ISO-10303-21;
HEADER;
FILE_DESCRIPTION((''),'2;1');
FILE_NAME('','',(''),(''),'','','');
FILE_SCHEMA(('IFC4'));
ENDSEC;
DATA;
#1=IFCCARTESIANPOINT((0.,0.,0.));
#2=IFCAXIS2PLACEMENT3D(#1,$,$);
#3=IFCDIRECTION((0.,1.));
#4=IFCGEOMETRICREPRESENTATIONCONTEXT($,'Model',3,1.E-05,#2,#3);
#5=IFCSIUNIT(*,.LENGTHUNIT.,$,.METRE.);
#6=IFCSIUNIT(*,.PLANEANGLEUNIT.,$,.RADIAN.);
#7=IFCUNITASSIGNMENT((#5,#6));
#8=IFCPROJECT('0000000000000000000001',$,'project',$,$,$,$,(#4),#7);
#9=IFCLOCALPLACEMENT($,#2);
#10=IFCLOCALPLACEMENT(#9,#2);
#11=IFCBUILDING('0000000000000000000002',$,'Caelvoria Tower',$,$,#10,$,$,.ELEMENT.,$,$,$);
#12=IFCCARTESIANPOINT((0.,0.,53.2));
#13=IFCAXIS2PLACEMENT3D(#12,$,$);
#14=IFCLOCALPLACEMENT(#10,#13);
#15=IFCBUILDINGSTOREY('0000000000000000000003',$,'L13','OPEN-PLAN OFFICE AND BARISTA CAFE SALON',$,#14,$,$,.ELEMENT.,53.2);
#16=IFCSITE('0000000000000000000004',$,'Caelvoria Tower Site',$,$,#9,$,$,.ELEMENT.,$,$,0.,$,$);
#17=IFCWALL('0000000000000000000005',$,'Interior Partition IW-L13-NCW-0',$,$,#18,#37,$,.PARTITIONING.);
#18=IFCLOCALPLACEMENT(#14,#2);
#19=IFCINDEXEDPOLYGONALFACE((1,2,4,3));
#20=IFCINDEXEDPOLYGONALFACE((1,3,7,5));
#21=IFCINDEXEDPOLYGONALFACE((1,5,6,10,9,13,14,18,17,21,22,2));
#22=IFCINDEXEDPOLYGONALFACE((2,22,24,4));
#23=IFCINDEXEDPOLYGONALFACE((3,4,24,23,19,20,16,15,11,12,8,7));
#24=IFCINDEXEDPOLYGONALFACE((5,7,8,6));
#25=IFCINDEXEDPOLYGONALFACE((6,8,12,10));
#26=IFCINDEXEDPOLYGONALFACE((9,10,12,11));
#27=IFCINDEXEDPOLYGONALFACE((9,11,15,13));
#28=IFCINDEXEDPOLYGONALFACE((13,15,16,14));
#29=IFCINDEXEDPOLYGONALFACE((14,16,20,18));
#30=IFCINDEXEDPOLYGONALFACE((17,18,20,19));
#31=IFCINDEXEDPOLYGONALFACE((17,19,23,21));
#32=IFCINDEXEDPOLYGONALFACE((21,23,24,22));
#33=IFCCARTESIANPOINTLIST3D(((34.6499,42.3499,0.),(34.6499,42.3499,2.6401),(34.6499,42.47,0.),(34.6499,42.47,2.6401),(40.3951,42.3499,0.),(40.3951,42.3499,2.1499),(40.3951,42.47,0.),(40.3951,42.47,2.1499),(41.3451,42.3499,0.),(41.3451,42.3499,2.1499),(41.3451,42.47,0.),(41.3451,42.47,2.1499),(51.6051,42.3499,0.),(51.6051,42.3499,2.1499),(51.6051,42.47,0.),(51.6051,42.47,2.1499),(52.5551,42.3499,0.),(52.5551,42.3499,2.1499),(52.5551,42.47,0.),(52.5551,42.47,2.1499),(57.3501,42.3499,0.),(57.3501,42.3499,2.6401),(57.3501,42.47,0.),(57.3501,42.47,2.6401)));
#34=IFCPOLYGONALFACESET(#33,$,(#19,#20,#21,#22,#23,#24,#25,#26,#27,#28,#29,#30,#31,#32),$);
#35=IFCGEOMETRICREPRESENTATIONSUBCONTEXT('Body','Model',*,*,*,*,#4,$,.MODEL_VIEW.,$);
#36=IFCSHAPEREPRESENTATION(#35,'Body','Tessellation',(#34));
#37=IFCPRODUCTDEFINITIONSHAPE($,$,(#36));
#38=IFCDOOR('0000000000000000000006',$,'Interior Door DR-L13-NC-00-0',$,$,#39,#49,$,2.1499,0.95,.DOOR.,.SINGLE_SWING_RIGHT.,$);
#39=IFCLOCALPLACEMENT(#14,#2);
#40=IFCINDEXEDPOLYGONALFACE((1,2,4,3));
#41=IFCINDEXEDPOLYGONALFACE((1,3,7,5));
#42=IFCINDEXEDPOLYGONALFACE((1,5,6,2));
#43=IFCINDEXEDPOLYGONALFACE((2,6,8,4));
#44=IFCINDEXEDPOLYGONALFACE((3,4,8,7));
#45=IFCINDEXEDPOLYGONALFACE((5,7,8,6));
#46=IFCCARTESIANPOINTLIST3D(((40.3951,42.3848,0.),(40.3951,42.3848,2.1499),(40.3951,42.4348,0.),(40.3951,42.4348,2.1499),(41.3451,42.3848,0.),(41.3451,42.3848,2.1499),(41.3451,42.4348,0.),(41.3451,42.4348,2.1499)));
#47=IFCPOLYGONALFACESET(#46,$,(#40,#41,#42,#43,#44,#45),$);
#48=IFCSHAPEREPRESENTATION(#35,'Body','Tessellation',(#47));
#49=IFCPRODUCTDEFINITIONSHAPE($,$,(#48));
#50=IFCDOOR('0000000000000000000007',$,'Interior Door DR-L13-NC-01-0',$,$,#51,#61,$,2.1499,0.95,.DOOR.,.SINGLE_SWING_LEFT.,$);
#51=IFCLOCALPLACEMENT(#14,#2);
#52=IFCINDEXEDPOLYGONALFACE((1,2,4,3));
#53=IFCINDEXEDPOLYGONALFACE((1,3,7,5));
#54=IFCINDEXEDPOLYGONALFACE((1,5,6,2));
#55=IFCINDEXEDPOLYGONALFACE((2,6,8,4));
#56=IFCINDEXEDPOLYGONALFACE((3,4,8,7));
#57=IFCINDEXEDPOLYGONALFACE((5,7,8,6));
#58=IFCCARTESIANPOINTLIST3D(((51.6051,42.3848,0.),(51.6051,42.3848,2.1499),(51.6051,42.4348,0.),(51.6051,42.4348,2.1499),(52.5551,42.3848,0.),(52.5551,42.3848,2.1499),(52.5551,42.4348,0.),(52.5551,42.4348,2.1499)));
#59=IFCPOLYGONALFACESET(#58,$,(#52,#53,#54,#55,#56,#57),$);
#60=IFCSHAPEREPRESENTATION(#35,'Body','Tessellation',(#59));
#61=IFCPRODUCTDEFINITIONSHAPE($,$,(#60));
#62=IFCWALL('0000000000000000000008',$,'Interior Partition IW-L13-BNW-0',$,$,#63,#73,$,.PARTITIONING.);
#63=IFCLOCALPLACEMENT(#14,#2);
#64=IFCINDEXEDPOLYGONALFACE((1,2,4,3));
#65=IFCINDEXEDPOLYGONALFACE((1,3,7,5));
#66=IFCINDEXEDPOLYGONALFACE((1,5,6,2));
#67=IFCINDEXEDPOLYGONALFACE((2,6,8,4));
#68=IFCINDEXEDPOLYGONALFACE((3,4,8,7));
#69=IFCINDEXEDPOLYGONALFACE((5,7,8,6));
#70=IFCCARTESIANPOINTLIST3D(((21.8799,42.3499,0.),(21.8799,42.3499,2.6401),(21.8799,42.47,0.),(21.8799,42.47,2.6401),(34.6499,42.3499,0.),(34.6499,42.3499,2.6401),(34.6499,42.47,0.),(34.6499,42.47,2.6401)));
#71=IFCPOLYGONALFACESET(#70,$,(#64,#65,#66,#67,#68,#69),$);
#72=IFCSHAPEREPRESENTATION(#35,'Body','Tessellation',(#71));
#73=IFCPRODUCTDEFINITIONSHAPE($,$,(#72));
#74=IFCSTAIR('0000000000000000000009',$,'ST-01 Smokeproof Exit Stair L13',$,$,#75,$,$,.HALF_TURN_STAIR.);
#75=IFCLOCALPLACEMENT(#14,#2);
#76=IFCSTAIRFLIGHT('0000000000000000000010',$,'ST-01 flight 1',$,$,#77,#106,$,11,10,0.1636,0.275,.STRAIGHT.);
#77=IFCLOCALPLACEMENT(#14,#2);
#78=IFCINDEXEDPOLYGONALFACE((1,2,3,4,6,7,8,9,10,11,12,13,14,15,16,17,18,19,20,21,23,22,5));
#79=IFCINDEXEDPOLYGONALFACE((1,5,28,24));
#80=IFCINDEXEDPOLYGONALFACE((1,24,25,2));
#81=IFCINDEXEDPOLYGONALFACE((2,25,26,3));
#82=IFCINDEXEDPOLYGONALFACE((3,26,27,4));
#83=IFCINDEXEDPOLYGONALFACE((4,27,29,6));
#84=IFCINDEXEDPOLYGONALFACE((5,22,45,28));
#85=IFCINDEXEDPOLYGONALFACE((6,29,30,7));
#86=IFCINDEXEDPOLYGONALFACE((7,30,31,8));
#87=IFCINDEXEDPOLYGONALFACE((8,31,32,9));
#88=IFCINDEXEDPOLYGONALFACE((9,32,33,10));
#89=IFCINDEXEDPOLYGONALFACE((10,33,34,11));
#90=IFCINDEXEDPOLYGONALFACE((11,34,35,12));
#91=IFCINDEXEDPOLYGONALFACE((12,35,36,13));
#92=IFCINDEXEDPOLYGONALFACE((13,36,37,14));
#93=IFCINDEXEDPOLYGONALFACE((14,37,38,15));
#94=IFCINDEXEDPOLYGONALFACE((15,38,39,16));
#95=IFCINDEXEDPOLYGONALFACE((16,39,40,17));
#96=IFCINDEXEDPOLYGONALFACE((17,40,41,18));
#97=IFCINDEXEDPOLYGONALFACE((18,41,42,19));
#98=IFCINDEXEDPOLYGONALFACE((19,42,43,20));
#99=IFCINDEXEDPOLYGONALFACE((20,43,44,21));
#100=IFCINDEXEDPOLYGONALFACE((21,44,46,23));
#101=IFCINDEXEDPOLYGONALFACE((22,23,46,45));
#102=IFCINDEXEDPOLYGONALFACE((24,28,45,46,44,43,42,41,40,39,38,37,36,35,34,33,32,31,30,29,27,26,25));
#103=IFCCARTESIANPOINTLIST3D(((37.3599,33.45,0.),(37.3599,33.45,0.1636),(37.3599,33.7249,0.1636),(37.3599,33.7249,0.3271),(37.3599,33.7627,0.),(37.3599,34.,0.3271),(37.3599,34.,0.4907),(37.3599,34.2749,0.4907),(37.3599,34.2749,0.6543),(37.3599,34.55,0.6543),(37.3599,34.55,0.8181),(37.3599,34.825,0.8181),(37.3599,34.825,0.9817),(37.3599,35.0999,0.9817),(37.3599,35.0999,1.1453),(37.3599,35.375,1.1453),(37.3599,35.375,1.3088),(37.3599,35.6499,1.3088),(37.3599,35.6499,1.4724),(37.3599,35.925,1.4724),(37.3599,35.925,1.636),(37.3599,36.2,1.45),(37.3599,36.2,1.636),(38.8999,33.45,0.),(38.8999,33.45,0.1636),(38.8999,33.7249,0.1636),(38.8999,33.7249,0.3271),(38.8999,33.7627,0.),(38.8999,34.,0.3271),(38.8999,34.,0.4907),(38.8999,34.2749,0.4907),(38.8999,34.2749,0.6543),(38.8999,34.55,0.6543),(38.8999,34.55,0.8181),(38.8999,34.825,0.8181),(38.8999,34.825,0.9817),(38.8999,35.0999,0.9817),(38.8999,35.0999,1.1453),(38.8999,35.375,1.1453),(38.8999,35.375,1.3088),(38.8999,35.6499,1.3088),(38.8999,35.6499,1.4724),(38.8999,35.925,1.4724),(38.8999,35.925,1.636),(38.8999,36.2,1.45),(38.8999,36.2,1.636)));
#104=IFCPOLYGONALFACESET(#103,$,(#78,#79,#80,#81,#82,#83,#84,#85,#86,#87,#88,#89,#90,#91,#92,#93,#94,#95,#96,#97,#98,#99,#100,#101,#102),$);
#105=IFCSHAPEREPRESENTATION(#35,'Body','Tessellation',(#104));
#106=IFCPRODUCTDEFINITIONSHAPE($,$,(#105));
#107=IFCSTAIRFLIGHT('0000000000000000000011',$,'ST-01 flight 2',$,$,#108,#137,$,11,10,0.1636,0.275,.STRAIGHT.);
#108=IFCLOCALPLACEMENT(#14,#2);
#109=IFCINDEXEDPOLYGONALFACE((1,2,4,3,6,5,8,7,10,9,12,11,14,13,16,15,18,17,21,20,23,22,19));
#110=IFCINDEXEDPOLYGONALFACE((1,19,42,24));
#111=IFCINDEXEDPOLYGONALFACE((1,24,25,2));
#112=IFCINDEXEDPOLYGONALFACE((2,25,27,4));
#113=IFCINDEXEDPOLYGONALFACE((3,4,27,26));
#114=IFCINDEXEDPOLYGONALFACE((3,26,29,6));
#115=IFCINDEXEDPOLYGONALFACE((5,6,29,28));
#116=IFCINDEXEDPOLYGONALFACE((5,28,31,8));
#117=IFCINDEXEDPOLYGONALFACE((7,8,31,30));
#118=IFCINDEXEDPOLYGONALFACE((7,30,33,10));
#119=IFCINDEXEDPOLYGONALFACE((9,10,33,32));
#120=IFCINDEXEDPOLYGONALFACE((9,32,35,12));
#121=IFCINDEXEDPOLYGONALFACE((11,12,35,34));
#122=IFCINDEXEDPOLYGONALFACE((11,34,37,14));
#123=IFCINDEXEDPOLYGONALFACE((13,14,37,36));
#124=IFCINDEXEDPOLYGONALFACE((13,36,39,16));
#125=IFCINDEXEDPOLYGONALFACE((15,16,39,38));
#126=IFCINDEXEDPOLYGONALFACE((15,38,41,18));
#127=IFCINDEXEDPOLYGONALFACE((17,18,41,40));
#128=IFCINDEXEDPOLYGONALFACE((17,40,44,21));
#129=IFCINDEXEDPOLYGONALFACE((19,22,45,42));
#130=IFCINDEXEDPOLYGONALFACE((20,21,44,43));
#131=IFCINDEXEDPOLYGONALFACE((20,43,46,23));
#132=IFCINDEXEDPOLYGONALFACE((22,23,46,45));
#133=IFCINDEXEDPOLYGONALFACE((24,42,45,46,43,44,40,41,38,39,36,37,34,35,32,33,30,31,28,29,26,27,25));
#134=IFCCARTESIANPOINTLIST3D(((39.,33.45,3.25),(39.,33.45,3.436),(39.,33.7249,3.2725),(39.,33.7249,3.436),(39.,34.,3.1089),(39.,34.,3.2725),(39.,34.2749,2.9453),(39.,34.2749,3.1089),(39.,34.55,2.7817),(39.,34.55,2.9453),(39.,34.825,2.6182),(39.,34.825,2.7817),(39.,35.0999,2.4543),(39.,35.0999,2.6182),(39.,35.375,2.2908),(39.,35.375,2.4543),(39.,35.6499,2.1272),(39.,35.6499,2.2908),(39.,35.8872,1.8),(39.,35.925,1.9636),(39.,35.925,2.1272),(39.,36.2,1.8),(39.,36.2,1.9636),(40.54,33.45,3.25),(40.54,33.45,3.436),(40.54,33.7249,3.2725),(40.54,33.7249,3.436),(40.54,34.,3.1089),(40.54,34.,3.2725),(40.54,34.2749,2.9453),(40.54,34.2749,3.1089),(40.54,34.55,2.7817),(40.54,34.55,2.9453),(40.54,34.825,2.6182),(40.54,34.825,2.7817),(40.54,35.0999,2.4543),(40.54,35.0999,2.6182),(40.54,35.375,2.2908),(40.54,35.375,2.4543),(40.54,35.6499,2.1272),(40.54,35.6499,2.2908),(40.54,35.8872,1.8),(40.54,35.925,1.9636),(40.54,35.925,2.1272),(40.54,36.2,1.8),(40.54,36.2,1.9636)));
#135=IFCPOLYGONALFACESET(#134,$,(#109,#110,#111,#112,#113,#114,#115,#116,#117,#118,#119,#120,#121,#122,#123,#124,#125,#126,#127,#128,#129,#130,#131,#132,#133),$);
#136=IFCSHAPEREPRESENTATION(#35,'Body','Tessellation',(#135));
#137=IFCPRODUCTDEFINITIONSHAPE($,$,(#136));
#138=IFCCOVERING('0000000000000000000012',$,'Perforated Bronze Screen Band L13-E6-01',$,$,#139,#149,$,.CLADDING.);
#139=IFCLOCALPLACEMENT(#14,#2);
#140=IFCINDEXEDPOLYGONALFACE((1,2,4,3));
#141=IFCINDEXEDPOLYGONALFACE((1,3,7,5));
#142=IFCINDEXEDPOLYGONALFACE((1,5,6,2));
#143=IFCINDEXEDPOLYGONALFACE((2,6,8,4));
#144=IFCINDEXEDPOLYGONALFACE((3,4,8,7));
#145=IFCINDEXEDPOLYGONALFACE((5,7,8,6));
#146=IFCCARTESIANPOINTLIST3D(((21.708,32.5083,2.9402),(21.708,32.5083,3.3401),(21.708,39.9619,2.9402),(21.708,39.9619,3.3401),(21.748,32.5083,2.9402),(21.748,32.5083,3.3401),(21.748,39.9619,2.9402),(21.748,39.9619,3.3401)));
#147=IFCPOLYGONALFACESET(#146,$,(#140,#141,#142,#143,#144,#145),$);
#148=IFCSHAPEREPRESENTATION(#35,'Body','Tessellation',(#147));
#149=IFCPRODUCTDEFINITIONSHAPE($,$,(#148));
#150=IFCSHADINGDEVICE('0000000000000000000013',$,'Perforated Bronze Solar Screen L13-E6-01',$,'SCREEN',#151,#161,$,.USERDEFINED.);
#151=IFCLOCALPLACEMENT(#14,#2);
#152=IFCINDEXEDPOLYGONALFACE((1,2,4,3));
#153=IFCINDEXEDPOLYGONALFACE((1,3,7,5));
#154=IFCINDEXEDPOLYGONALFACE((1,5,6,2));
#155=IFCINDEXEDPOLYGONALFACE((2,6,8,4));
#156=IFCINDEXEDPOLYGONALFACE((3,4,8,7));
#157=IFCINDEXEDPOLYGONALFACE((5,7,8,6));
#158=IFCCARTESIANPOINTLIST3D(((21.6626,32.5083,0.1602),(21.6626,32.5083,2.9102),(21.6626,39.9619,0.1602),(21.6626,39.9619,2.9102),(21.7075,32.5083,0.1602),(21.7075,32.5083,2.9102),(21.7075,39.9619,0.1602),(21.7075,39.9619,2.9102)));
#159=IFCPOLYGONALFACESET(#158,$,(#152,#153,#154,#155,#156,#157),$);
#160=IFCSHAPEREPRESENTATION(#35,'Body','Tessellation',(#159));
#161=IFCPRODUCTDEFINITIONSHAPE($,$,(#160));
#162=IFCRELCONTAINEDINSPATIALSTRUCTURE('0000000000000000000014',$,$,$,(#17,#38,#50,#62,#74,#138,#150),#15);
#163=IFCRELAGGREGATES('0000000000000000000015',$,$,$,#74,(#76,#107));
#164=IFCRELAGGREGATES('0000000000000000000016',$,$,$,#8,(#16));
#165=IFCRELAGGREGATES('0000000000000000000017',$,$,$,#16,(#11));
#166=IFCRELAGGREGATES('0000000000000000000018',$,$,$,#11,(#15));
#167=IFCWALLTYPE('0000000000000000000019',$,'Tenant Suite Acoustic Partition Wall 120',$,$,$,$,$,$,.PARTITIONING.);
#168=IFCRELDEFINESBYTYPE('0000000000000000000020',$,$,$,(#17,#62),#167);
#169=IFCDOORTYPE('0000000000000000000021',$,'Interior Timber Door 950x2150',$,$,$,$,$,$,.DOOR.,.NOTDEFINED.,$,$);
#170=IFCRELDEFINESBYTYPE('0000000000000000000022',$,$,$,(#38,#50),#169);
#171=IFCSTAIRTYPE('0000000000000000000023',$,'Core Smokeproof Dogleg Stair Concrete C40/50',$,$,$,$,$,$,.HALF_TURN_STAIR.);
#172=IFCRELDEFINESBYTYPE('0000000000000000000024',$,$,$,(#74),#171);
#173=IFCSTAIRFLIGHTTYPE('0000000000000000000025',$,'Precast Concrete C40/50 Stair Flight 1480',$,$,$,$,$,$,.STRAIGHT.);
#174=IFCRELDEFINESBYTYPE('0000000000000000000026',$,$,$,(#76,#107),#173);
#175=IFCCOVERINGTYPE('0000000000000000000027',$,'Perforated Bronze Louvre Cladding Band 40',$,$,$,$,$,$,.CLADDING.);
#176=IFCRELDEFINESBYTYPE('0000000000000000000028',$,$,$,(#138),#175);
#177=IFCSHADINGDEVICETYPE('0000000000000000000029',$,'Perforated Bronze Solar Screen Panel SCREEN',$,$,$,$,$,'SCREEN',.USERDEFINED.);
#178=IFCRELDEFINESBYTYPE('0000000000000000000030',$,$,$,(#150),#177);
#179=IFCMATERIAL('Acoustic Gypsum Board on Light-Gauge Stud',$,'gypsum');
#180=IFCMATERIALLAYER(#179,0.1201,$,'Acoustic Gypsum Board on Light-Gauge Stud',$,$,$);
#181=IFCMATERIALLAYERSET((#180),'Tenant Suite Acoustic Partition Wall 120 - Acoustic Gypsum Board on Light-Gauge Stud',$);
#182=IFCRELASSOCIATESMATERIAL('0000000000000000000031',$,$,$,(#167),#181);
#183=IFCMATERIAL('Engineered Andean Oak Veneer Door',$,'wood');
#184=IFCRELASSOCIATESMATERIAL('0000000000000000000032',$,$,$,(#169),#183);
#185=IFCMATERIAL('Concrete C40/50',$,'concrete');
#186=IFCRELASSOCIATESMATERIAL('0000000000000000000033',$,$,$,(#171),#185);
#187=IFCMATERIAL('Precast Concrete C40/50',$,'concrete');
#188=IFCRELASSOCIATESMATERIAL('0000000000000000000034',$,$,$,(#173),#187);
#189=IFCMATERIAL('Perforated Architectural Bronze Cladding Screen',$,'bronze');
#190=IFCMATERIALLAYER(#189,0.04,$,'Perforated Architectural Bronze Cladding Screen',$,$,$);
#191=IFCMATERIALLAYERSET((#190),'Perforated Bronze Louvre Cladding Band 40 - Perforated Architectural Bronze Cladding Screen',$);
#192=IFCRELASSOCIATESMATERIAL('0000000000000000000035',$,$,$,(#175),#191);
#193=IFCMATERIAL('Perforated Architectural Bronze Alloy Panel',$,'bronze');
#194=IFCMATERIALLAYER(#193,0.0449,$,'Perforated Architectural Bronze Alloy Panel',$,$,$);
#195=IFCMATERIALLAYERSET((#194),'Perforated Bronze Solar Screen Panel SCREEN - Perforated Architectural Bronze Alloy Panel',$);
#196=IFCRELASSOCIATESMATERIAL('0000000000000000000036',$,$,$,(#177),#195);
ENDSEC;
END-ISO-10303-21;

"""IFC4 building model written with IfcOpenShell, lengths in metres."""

from ifc_helpers import new_model, si_unit, direction, frame, frame_2d, origin, origin_2d, place, context, subcontext, project, spatial, polyline, rectangle, outline, extrude, material, layer, layer_set, type_object, element, fill, aggregate, save


model = new_model("IFC4")

# Units and contexts
model_context = context("Model", 3, precision=1e-05, world=origin(), true_north=direction((0.0, 1.0)))
body_context = subcontext(model_context, "Body", "Model", "MODEL_VIEW")
ifc_project = project(units=[si_unit("LENGTHUNIT", "METRE"), si_unit("PLANEANGLEUNIT", "RADIAN")], contexts=[model_context])

# Site, building, storey
site_placement = place(None, origin())
site = spatial("IfcSite", under=ifc_project, at=site_placement, Name="Caelvoria Tower Site", CompositionType="ELEMENT", RefElevation=0.0)
building_placement = place(site_placement, origin())
building = spatial("IfcBuilding", under=site, at=building_placement, Name="Caelvoria Tower", CompositionType="ELEMENT")
storey_placement = place(building_placement, frame((0.0, 0.0, 53.2)))
storey = spatial("IfcBuildingStorey", under=building, at=storey_placement, Name="L13", Description="OPEN-PLAN OFFICE AND BARISTA CAFE SALON", CompositionType="ELEMENT", Elevation=53.2)

# Wall, openings, doors
ifc_material_1 = material(Name="Acoustic Gypsum Board on Light-Gauge Stud", Category="gypsum")
ifc_layer_1 = layer(ifc_material_1, 0.1201, Name="Acoustic Gypsum Board on Light-Gauge Stud")
ifc_layer_set_1 = layer_set([ifc_layer_1], Name="Tenant Suite Acoustic Partition Wall 120 - Acoustic Gypsum Board on Light-Gauge Stud")
wall_type_1 = type_object("IfcWallType", Name="Tenant Suite Acoustic Partition Wall 120", PredefinedType="PARTITIONING", material=ifc_layer_set_1)
wall_1_placement = place(storey_placement, frame((34.6499, 42.4099, 0.0), z_axis=(0.0, 0.0, 1.0), x_axis=(1.0, 0.0, 0.0)))
wall_1 = element("IfcWall", 1, at=wall_1_placement, inside=storey, type_object=wall_type_1, Name="Interior Partition IW-L13-NCW-0", PredefinedType="PARTITIONING", context=body_context, shape_type="SweptSolid", body=[
    extrude(rectangle(XDim=22.7002, YDim=0.1201, at=frame_2d((11.3501, 0.0))), origin(), (0.0, 0.0, 1.0), 2.6401),
])
opening_1_placement = place(wall_1_placement, frame((5.7451, 0.0, 0.0)))
opening_1 = element("IfcOpeningElement", 2, at=opening_1_placement, cuts=wall_1, PredefinedType="OPENING", context=body_context, shape_type="SweptSolid", body=[
    extrude(rectangle(XDim=0.95, YDim=2.1499, at=frame_2d((0.4751, 1.075))), frame((0.0, 0.0701, 0.0), z_axis=(0.0, -1.0, 0.0), x_axis=(1.0, 0.0, 0.0)), (0.0, 0.0, 1.0), 0.1401),
])
opening_2_placement = place(wall_1_placement, frame((16.9551, 0.0, 0.0)))
opening_2 = element("IfcOpeningElement", 3, at=opening_2_placement, cuts=wall_1, PredefinedType="OPENING", context=body_context, shape_type="SweptSolid", body=[
    extrude(rectangle(XDim=0.95, YDim=2.1499, at=frame_2d((0.4751, 1.075))), frame((0.0, 0.0701, 0.0), z_axis=(0.0, -1.0, 0.0), x_axis=(1.0, 0.0, 0.0)), (0.0, 0.0, 1.0), 0.1401),
])
ifc_material_2 = material(Name="Engineered Andean Oak Veneer Door", Category="wood")
door_type_1 = type_object("IfcDoorType", Name="Interior Timber Door 950x2150", OperationType="NOTDEFINED", PredefinedType="DOOR", material=ifc_material_2)
door_1_placement = place(opening_1_placement, origin())
door_1 = element("IfcDoor", 4, at=door_1_placement, inside=storey, type_object=door_type_1, Name="Interior Door DR-L13-NC-00-0", OperationType="SINGLE_SWING_RIGHT", OverallHeight=2.1499, OverallWidth=0.95, PredefinedType="DOOR", context=body_context, shape_type="SweptSolid", body=[
    extrude(rectangle(XDim=0.95, YDim=2.1499, at=frame_2d((0.4751, 1.075))), frame((0.0, 0.0249, 0.0), z_axis=(0.0, -1.0, 0.0), x_axis=(1.0, 0.0, 0.0)), (0.0, 0.0, 1.0), 0.05),
])
fill(opening_1, door_1)
door_2_placement = place(opening_2_placement, origin())
door_2 = element("IfcDoor", 5, at=door_2_placement, inside=storey, type_object=door_type_1, Name="Interior Door DR-L13-NC-01-0", OperationType="SINGLE_SWING_LEFT", OverallHeight=2.1499, OverallWidth=0.95, PredefinedType="DOOR", context=body_context, shape_type="SweptSolid", body=[
    extrude(rectangle(XDim=0.95, YDim=2.1499, at=frame_2d((0.4751, 1.075))), frame((0.0, 0.0249, 0.0), z_axis=(0.0, -1.0, 0.0), x_axis=(1.0, 0.0, 0.0)), (0.0, 0.0, 1.0), 0.05),
])
fill(opening_2, door_2)

# Wall
wall_2_placement = place(storey_placement, frame((34.6499, 42.4099, 0.0), z_axis=(0.0, 0.0, 1.0), x_axis=(-1.0, 0.0, 0.0)))
element("IfcWall", 6, at=wall_2_placement, inside=storey, type_object=wall_type_1, Name="Interior Partition IW-L13-BNW-0", PredefinedType="PARTITIONING", context=body_context, shape_type="SweptSolid", body=[
    extrude(rectangle(XDim=12.77, YDim=0.1201, at=frame_2d((6.385, 0.0))), origin(), (0.0, 0.0, 1.0), 2.6401),
])

# Stair, stair flights
ifc_material_3 = material(Name="Concrete C40/50", Category="concrete")
stair_type = type_object("IfcStairType", Name="Core Smokeproof Dogleg Stair Concrete C40/50", PredefinedType="HALF_TURN_STAIR", material=ifc_material_3)
stair_placement = place(storey_placement, origin())
stair = element("IfcStair", 7, at=stair_placement, inside=storey, type_object=stair_type, Name="ST-01 Smokeproof Exit Stair L13", PredefinedType="HALF_TURN_STAIR")
ifc_material_4 = material(Name="Precast Concrete C40/50", Category="concrete")
stair_flight_type = type_object("IfcStairFlightType", Name="Precast Concrete C40/50 Stair Flight 1480", PredefinedType="STRAIGHT", material=ifc_material_4)
stair_flight_1_placement = place(storey_placement, frame((38.1299, 33.45, 0.0), z_axis=(0.0, 0.0, 1.0), x_axis=(0.0, 1.0, 0.0)))
stair_flight_1 = element("IfcStairFlight", 8, at=stair_flight_1_placement, type_object=stair_flight_type, Name="ST-01 flight 1", NumberOfRisers=11, NumberOfTreads=10, PredefinedType="STRAIGHT", RiserHeight=0.1636, TreadLength=0.275, context=body_context, shape_type="SweptSolid", body=[
    extrude(outline(polyline([(0.0, 0.0), (0.0, 0.1636), (0.2749, 0.1636), (0.2749, 0.3271), (0.55, 0.3271), (0.55, 0.4907), (0.825, 0.4907), (0.825, 0.6543), (1.1001, 0.6543), (1.1001, 0.8181), (1.375, 0.8181), (1.375, 0.9817), (1.6499, 0.9817), (1.6499, 1.1453), (1.925, 1.1453), (1.925, 1.3088), (2.2, 1.3088), (2.2, 1.4724), (2.4751, 1.4724), (2.4751, 1.636), (2.75, 1.636), (2.75, 1.7996), (2.75, 1.45), (0.3127, 0.0), (0.0, 0.0)])), frame((0.0, 0.77, 0.0), z_axis=(0.0, -1.0, 0.0), x_axis=(1.0, 0.0, 0.0)), (0.0, 0.0, 1.0), 1.54),
])
stair_flight_2_placement = place(storey_placement, frame((39.77, 36.2, 1.8), z_axis=(0.0, 0.0, 1.0), x_axis=(0.0, -1.0, 0.0)))
stair_flight_2 = element("IfcStairFlight", 9, at=stair_flight_2_placement, type_object=stair_flight_type, Name="ST-01 flight 2", NumberOfRisers=11, NumberOfTreads=10, PredefinedType="STRAIGHT", RiserHeight=0.1636, TreadLength=0.275, context=body_context, shape_type="SweptSolid", body=[
    extrude(outline(polyline([(0.0, 0.0), (0.0, 0.1636), (0.2749, 0.1636), (0.2749, 0.3271), (0.55, 0.3271), (0.55, 0.4907), (0.825, 0.4907), (0.825, 0.6543), (1.1001, 0.6543), (1.1001, 0.8181), (1.375, 0.8181), (1.375, 0.9817), (1.6499, 0.9817), (1.6499, 1.1453), (1.925, 1.1453), (1.925, 1.3088), (2.2, 1.3088), (2.2, 1.4724), (2.4751, 1.4724), (2.4751, 1.636), (2.75, 1.636), (2.75, 1.7996), (2.75, 1.45), (0.3127, 0.0), (0.0, 0.0)])), frame((0.0, 0.77, 0.0), z_axis=(0.0, -1.0, 0.0), x_axis=(1.0, 0.0, 0.0)), (0.0, 0.0, 1.0), 1.54),
])
aggregate(stair, [stair_flight_1, stair_flight_2])

# Covering
ifc_material_5 = material(Name="Perforated Architectural Bronze Cladding Screen", Category="bronze")
ifc_layer_2 = layer(ifc_material_5, 0.04, Name="Perforated Architectural Bronze Cladding Screen")
ifc_layer_set_2 = layer_set([ifc_layer_2], Name="Perforated Bronze Louvre Cladding Band 40 - Perforated Architectural Bronze Cladding Screen")
covering_type = type_object("IfcCoveringType", Name="Perforated Bronze Louvre Cladding Band 40", PredefinedType="CLADDING", material=ifc_layer_set_2)
covering_placement = place(storey_placement, frame((21.728, 36.2351, 2.9402), z_axis=(0.0, 0.0, 1.0), x_axis=(0.0, -1.0, 0.0)))
element("IfcCovering", 10, at=covering_placement, inside=storey, type_object=covering_type, Name="Perforated Bronze Screen Band L13-E6-01", PredefinedType="CLADDING", context=body_context, shape_type="SweptSolid", body=[
    extrude(rectangle(XDim=7.4536, YDim=0.04, at=origin_2d()), origin(), (0.0, 0.0, 1.0), 0.3999),
])

# Shading device
ifc_material_6 = material(Name="Perforated Architectural Bronze Alloy Panel", Category="bronze")
ifc_layer_3 = layer(ifc_material_6, 0.0449, Name="Perforated Architectural Bronze Alloy Panel")
ifc_layer_set_3 = layer_set([ifc_layer_3], Name="Perforated Bronze Solar Screen Panel SCREEN - Perforated Architectural Bronze Alloy Panel")
shading_device_type = type_object("IfcShadingDeviceType", Name="Perforated Bronze Solar Screen Panel SCREEN", ElementType="SCREEN", PredefinedType="USERDEFINED", material=ifc_layer_set_3)
shading_device_placement = place(storey_placement, frame((21.6851, 36.2351, 0.1602), z_axis=(0.0, 0.0, 1.0), x_axis=(0.0, -1.0, 0.0)))
element("IfcShadingDevice", 11, at=shading_device_placement, inside=storey, type_object=shading_device_type, Name="Perforated Bronze Solar Screen L13-E6-01", ObjectType="SCREEN", PredefinedType="USERDEFINED", context=body_context, shape_type="SweptSolid", body=[
    extrude(rectangle(XDim=7.4536, YDim=0.0449, at=origin_2d()), origin(), (0.0, 0.0, 1.0), 2.75),
])

save(model, "model.ifc")
